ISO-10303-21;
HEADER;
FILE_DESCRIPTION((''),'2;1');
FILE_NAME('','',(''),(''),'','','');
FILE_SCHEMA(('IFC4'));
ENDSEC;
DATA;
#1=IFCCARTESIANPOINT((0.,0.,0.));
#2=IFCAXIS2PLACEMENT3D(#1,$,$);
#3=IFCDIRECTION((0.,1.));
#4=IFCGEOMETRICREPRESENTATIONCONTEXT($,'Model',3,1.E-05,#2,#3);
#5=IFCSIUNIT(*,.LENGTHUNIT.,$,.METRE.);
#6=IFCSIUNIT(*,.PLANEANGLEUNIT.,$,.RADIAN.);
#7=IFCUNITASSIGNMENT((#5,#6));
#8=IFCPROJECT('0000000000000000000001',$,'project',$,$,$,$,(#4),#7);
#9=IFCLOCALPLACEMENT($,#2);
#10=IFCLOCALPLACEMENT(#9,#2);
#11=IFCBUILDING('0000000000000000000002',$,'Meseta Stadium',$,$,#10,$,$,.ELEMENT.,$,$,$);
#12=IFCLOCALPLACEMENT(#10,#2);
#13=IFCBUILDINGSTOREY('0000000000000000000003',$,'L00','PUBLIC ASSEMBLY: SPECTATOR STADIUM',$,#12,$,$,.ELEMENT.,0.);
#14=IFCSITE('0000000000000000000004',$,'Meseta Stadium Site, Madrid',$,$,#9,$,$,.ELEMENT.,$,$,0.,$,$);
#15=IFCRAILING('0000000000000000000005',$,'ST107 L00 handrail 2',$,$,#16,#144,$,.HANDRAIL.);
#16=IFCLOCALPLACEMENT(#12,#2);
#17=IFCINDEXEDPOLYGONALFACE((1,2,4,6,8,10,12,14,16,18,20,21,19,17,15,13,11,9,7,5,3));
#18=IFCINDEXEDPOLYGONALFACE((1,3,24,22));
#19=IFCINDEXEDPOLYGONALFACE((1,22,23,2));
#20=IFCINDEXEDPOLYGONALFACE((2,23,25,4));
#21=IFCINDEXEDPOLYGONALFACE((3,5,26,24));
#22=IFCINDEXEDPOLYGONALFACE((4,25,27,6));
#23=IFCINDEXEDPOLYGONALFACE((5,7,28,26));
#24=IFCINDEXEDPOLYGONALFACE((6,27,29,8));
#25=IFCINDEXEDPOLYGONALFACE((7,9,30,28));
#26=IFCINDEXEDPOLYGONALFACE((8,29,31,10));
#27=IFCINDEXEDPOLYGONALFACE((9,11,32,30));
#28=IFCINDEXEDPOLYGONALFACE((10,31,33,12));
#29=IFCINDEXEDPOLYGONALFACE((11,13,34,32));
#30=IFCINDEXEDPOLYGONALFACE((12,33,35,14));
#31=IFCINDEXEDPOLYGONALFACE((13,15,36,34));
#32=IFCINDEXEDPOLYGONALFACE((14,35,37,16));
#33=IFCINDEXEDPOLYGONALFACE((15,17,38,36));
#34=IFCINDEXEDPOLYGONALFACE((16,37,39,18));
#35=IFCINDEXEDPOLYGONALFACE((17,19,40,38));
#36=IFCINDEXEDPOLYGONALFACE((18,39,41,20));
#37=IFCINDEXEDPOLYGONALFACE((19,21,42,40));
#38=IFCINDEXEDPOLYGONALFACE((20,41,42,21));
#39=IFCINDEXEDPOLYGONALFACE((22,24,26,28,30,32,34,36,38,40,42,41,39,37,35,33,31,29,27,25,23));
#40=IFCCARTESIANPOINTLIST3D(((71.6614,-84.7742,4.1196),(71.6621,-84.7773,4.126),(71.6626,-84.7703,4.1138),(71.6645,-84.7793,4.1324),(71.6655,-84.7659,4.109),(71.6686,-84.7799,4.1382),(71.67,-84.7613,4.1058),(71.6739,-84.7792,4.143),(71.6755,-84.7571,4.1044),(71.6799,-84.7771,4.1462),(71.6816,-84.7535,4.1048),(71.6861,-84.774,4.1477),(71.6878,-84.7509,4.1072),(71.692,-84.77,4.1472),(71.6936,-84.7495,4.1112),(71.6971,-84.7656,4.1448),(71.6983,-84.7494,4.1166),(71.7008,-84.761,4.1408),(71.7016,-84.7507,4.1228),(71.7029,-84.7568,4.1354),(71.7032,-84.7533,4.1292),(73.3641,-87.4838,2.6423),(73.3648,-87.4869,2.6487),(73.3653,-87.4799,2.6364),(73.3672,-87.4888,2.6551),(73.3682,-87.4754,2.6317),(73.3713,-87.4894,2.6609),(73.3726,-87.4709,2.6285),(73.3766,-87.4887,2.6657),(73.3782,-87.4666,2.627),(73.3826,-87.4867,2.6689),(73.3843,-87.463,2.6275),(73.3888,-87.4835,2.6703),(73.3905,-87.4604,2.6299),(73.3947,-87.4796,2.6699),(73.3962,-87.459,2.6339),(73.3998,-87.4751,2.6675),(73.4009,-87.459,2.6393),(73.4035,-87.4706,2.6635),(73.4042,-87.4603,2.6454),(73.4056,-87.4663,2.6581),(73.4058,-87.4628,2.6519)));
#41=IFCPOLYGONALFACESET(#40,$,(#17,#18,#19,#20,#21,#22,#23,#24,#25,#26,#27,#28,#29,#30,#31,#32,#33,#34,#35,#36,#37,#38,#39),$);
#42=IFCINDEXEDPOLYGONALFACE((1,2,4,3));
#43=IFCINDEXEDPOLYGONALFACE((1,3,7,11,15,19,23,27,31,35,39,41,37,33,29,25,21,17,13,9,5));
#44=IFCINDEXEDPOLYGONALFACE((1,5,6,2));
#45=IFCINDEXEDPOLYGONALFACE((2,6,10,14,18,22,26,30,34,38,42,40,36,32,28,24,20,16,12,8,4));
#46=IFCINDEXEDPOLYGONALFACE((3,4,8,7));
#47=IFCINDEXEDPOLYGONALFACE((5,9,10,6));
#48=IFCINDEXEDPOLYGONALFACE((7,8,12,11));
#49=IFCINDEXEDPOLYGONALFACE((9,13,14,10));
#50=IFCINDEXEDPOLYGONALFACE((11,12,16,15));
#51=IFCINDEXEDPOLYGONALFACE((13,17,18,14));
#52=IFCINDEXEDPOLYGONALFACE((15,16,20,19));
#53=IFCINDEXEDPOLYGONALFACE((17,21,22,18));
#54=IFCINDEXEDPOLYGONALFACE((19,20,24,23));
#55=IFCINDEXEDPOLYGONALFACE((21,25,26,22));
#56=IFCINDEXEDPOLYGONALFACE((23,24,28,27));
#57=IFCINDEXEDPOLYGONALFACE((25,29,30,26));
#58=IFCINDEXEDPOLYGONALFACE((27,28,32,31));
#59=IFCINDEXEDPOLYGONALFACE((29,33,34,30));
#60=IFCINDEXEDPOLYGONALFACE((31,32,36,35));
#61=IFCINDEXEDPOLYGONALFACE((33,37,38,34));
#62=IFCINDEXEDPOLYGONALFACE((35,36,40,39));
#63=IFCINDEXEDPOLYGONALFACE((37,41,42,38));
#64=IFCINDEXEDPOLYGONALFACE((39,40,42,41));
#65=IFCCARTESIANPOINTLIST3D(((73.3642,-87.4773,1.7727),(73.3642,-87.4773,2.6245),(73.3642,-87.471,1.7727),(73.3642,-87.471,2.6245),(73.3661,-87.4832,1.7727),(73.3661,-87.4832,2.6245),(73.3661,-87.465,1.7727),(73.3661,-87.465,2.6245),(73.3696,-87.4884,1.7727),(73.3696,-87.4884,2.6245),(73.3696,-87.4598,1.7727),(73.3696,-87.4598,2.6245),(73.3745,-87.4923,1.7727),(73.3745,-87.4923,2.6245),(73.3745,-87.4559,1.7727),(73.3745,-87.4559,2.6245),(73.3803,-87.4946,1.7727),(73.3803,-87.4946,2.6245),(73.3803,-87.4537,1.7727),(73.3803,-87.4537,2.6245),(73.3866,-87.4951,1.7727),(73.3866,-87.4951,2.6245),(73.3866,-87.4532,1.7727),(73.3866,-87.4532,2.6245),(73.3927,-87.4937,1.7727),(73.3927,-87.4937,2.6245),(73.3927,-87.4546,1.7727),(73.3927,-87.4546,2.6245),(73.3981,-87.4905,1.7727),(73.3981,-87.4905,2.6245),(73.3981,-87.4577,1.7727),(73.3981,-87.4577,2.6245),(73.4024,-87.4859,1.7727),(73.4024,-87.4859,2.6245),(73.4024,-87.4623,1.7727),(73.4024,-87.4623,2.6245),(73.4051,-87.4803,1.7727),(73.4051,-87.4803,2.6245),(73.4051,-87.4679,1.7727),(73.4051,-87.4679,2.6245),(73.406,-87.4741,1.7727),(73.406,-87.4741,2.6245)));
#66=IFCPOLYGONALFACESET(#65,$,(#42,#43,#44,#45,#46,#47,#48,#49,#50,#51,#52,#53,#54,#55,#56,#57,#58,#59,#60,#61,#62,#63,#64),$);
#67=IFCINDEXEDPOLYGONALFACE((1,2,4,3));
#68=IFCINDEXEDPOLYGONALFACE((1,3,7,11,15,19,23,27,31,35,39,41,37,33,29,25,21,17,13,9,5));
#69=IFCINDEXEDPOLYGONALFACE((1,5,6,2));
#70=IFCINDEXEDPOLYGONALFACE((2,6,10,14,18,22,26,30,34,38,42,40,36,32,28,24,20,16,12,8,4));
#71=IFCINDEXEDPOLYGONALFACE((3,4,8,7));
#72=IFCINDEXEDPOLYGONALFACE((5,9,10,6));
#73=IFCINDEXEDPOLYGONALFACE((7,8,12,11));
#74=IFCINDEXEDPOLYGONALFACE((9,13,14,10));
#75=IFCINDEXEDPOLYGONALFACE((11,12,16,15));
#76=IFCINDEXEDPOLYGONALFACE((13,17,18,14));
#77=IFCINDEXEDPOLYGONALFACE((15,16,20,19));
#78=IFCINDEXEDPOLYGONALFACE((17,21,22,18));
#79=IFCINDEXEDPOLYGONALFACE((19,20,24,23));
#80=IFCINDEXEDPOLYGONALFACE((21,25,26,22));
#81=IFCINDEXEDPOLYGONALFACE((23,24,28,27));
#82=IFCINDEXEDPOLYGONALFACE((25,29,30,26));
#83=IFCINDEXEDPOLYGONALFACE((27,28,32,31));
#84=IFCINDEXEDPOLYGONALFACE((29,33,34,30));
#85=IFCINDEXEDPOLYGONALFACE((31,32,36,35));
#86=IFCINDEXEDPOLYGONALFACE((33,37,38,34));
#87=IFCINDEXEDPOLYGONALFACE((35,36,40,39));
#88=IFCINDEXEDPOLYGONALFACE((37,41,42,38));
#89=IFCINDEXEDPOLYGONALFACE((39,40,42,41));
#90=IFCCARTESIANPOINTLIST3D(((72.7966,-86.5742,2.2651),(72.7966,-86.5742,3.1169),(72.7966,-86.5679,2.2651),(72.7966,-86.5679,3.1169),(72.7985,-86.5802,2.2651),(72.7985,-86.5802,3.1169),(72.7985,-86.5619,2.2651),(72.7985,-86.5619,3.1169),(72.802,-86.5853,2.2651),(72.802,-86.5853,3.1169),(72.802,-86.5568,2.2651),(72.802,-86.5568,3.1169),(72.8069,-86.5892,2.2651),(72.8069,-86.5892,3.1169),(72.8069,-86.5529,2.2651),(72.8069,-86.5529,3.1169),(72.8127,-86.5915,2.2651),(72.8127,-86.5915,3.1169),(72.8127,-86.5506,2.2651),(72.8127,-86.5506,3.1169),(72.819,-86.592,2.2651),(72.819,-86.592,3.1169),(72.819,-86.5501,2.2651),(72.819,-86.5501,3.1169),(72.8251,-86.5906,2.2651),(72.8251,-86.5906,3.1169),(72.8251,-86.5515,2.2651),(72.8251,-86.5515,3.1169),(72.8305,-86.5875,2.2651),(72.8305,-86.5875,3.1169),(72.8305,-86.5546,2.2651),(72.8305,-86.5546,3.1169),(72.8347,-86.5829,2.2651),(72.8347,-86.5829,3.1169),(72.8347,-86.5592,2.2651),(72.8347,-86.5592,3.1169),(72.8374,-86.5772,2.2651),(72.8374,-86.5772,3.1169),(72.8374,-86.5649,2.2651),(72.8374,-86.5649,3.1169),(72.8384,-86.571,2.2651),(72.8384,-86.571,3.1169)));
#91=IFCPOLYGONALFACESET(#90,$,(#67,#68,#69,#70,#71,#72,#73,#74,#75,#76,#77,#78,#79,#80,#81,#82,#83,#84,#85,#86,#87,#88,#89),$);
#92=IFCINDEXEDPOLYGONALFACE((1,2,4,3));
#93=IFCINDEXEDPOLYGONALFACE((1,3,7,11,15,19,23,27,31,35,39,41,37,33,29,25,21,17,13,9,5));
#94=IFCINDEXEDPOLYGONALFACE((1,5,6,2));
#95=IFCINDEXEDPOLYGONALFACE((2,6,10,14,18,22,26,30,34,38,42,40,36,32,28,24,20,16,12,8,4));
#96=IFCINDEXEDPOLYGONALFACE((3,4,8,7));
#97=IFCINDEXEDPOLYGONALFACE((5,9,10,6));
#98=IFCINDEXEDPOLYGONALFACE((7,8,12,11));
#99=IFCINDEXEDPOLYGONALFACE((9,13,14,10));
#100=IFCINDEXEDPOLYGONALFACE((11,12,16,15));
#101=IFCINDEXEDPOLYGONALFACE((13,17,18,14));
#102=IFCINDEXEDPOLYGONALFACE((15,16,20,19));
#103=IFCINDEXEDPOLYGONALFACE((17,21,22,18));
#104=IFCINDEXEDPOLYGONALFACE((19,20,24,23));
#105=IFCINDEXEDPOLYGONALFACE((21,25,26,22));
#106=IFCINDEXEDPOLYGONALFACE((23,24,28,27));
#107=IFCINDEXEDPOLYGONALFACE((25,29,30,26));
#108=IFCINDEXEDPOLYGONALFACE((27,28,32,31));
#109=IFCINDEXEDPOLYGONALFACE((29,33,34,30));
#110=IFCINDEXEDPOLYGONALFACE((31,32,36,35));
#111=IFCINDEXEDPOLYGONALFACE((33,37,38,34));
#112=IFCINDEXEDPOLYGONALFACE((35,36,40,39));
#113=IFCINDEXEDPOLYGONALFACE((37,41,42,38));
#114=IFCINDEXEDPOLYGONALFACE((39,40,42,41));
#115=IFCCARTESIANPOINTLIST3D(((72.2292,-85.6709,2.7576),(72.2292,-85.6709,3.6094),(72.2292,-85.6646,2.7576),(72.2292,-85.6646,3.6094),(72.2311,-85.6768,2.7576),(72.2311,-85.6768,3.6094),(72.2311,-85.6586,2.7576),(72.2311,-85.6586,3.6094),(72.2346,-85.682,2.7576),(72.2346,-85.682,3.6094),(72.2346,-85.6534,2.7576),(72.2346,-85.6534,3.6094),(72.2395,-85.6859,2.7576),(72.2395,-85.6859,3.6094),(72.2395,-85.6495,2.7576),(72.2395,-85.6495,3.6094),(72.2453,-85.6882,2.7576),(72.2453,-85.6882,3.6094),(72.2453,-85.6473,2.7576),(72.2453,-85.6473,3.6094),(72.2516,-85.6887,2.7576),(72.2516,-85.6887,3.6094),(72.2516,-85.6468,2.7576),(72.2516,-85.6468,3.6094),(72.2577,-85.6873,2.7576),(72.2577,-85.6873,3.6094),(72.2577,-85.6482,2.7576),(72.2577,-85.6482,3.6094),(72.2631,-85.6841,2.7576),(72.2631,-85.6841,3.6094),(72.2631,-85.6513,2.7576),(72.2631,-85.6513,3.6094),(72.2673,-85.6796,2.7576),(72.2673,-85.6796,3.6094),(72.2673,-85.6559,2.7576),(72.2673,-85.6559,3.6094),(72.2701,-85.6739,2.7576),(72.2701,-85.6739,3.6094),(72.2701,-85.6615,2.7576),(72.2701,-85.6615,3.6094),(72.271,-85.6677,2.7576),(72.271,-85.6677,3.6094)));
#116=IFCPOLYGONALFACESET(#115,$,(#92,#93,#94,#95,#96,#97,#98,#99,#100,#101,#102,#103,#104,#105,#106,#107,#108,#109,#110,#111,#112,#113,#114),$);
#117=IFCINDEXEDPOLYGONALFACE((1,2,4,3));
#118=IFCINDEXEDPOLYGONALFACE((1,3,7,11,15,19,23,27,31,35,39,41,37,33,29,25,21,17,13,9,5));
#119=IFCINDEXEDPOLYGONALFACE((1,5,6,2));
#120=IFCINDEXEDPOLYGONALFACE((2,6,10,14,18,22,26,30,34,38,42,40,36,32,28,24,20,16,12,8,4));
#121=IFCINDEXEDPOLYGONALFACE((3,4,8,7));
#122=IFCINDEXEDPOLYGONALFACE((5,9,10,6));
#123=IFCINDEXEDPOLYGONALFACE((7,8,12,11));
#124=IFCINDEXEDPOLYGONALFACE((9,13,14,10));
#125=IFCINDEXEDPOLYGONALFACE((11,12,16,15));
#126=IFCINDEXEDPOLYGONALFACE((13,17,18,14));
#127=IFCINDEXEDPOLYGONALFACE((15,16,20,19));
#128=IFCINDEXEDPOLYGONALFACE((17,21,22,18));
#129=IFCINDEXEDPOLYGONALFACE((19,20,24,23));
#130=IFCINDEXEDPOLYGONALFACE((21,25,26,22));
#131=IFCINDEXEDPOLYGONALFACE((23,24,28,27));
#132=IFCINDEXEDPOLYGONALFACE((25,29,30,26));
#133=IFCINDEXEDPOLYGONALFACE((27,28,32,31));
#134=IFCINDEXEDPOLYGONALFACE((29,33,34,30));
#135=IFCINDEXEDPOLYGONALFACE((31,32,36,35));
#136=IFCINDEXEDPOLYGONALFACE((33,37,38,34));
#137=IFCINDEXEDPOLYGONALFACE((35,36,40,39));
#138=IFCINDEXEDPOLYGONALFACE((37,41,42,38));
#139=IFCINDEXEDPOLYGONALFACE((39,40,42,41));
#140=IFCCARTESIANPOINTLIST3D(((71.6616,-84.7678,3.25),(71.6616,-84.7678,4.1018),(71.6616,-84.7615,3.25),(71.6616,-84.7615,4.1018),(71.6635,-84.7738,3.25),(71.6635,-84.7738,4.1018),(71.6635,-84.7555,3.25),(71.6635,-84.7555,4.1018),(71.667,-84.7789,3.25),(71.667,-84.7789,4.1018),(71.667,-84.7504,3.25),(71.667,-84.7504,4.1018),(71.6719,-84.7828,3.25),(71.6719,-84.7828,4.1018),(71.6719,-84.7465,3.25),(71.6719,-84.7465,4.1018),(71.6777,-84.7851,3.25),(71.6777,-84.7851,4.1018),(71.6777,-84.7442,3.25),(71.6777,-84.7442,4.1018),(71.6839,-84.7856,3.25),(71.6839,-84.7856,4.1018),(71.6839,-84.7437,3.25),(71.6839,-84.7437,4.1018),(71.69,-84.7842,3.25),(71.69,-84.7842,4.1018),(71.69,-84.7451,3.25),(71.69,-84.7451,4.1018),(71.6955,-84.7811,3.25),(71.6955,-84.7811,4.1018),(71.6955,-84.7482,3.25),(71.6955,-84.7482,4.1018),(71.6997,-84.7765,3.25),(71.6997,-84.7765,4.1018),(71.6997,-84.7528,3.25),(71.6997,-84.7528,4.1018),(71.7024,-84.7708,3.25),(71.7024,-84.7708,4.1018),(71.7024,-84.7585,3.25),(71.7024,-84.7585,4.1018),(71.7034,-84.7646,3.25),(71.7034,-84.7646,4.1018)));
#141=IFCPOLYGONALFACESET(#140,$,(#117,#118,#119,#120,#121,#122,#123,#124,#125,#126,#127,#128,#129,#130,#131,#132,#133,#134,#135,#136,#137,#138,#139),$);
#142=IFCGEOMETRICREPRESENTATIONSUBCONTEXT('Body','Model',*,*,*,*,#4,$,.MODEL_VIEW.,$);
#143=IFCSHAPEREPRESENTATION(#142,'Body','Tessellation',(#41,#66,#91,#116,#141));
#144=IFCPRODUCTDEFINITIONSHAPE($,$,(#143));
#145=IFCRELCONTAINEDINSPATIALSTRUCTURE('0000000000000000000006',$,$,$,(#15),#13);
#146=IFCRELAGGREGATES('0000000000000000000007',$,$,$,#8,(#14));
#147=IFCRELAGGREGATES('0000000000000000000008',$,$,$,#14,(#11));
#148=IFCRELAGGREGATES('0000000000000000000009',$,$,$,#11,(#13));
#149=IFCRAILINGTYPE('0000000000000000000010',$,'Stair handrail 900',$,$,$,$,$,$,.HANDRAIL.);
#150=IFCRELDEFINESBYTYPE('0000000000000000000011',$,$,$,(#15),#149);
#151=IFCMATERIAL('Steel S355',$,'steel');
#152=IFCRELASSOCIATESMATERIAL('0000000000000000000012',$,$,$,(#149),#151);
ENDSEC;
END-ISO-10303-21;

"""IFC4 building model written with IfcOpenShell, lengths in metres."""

from ifc_helpers import new_model, si_unit, direction, frame, origin, origin_2d, place, context, subcontext, project, spatial, circle, extrude, material, type_object, element, save


model = new_model("IFC4")

# Units and contexts
model_context = context("Model", 3, precision=1e-05, world=origin(), true_north=direction((0.0, 1.0)))
body_context = subcontext(model_context, "Body", "Model", "MODEL_VIEW")
ifc_project = project(units=[si_unit("LENGTHUNIT", "METRE"), si_unit("PLANEANGLEUNIT", "RADIAN")], contexts=[model_context])

# Site, building, storey
site_placement = place(None, origin())
site = spatial("IfcSite", under=ifc_project, at=site_placement, Name="Meseta Stadium Site, Madrid", CompositionType="ELEMENT", RefElevation=0.0)
building_placement = place(site_placement, origin())
building = spatial("IfcBuilding", under=site, at=building_placement, Name="Meseta Stadium", CompositionType="ELEMENT")
storey_placement = place(building_placement, origin())
storey = spatial("IfcBuildingStorey", under=building, at=storey_placement, Name="L00", Description="PUBLIC ASSEMBLY: SPECTATOR STADIUM", CompositionType="ELEMENT", Elevation=0.0)

# Railing
ifc_material_1 = material(Name="Steel S355", Category="steel")
railing_type_1 = type_object("IfcRailingType", Name="Stair handrail 900", PredefinedType="HANDRAIL", material=ifc_material_1)
for number, where, name in (
    (1, (73.385, -87.4741, 1.7727), "ST107 L00 handrail 2"),
):
    element("IfcRailing", number, at=place(storey_placement, frame(where)), inside=storey, type_object=railing_type_1, Name=name, PredefinedType="HANDRAIL", context=body_context, shape_type="SweptSolid", body=[
        extrude(circle(Radius=0.0239, at=origin_2d()), frame((0.0, 0.0, 0.876), z_axis=(-0.483076, 0.768738, 0.419142), x_axis=(-0.846701, -0.532068, 0.0)), (0.0, 0.0, 1.0), 3.5247),
        extrude(circle(Radius=0.021, at=origin_2d()), origin(), (0.0, 0.0, 1.0), 0.8518),
        extrude(circle(Radius=0.021, at=origin_2d()), frame((-0.5676, 0.9031, 0.4924)), (0.0, 0.0, 1.0), 0.8518),
        extrude(circle(Radius=0.021, at=origin_2d()), frame((-1.135, 1.8064, 0.9849)), (0.0, 0.0, 1.0), 0.8518),
        extrude(circle(Radius=0.021, at=origin_2d()), frame((-1.7026, 2.7095, 1.4773)), (0.0, 0.0, 1.0), 0.8518),
    ])

save(model, "model.ifc")
